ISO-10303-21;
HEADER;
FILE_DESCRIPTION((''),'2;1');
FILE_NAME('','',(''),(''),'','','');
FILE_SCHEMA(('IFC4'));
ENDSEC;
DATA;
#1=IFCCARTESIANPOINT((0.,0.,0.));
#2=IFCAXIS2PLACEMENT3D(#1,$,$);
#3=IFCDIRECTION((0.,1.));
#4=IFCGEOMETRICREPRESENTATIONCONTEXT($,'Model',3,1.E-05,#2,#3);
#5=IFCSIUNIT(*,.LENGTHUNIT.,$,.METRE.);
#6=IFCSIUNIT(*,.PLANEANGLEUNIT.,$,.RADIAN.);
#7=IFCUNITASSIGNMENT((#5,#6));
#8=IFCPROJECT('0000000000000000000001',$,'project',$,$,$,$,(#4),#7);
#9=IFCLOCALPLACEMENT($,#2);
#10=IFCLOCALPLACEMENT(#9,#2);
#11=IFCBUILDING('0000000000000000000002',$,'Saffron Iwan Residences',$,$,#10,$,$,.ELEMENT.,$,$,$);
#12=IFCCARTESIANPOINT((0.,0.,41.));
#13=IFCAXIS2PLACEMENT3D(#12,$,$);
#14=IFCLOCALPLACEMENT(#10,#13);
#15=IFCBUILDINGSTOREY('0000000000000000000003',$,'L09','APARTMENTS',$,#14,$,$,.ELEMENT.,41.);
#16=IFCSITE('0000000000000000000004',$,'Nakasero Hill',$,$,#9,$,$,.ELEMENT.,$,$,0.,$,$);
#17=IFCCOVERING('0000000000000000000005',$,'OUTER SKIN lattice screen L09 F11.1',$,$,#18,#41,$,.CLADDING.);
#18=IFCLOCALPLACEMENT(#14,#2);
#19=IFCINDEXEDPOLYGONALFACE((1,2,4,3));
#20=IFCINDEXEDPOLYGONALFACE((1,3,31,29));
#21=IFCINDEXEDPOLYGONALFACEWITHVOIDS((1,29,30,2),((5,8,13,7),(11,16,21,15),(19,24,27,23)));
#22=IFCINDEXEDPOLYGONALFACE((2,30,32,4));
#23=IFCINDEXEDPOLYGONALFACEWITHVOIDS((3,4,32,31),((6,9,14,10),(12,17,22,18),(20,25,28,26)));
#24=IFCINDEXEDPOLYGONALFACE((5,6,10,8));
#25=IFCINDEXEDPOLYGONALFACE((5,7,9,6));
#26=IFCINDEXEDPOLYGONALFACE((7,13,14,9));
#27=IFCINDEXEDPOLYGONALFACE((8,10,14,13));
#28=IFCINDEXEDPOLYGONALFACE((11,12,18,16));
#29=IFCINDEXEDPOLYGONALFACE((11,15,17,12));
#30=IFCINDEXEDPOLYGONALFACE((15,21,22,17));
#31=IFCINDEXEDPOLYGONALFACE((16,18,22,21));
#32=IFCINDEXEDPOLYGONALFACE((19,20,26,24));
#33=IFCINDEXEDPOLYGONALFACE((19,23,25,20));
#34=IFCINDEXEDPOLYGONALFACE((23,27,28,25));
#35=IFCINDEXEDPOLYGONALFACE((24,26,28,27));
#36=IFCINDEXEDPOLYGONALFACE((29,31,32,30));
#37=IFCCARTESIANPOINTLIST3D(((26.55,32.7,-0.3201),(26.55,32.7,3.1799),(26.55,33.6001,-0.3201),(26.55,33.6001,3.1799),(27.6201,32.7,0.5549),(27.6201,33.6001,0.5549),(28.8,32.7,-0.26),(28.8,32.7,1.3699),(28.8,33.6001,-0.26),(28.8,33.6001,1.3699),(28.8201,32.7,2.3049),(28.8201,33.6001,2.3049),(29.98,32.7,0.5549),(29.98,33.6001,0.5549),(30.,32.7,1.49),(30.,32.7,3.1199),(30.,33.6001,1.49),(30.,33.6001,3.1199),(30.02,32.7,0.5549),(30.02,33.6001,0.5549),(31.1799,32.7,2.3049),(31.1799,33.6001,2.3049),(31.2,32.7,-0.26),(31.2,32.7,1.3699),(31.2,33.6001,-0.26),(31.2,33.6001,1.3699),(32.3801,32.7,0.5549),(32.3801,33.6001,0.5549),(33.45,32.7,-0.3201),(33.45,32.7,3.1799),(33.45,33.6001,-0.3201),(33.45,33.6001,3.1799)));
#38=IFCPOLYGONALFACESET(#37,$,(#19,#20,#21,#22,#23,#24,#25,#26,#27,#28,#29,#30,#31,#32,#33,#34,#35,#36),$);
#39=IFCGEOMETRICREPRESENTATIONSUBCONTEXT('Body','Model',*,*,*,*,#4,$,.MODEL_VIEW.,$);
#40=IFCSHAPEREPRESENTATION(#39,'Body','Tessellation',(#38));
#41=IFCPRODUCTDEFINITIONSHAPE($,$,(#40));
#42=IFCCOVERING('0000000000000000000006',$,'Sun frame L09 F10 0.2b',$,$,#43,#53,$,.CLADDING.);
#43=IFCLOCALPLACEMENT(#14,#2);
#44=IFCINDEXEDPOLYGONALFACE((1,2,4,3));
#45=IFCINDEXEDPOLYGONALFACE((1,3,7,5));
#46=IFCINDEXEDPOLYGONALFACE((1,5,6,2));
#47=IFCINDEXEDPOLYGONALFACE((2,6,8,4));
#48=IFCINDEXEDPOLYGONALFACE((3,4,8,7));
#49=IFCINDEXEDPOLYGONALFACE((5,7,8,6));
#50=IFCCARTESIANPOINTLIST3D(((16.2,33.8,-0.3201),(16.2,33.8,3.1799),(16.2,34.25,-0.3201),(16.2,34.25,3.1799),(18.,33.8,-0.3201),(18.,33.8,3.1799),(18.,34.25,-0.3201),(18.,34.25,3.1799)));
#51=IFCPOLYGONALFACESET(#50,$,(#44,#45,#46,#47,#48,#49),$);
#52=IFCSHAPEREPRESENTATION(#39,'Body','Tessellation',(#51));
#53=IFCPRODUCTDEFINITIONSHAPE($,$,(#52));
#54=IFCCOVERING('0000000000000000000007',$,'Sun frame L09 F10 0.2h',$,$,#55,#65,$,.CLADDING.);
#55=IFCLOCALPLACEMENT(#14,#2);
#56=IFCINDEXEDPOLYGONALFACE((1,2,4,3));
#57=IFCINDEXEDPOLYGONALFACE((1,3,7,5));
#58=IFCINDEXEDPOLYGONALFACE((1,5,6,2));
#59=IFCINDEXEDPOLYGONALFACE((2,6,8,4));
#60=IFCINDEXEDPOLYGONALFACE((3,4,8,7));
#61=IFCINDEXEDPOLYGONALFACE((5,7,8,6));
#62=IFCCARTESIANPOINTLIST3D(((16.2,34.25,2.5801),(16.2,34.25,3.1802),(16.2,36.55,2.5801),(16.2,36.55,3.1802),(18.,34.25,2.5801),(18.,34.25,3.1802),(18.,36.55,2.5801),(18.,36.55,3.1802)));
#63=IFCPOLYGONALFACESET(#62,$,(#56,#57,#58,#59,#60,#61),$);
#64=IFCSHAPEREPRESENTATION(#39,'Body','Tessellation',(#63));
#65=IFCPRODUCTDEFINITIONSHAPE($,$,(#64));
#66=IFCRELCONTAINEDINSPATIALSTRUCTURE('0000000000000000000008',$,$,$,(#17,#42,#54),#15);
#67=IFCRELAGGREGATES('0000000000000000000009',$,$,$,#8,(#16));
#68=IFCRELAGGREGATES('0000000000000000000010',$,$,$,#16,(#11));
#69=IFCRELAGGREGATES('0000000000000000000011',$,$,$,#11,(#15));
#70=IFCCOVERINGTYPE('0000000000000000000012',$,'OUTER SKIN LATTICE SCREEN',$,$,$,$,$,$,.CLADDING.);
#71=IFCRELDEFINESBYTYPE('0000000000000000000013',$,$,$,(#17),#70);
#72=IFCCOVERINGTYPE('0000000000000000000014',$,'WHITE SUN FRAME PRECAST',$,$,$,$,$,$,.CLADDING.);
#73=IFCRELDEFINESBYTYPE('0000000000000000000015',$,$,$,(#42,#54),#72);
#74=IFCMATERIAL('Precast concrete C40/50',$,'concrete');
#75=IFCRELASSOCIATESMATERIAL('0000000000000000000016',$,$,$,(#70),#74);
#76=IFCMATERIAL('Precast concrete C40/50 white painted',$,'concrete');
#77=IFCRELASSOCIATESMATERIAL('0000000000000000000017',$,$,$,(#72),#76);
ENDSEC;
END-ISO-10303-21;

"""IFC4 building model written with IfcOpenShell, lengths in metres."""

from ifc_helpers import new_model, si_unit, direction, frame, origin, place, context, subcontext, project, spatial, polyline, outline, extrude, material, type_object, element, save


model = new_model("IFC4")

# Units and contexts
model_context = context("Model", 3, precision=1e-05, world=origin(), true_north=direction((0.0, 1.0)))
body_context = subcontext(model_context, "Body", "Model", "MODEL_VIEW")
ifc_project = project(units=[si_unit("LENGTHUNIT", "METRE"), si_unit("PLANEANGLEUNIT", "RADIAN")], contexts=[model_context])

# Site, building, storey
site_placement = place(None, origin())
site = spatial("IfcSite", under=ifc_project, at=site_placement, Name="Nakasero Hill", CompositionType="ELEMENT", RefElevation=0.0)
building_placement = place(site_placement, origin())
building = spatial("IfcBuilding", under=site, at=building_placement, Name="Saffron Iwan Residences", CompositionType="ELEMENT")
storey_placement = place(building_placement, frame((0.0, 0.0, 41.0)))
storey = spatial("IfcBuildingStorey", under=building, at=storey_placement, Name="L09", Description="APARTMENTS", CompositionType="ELEMENT", Elevation=41.0)

# Coverings
ifc_material_1 = material(Name="Precast concrete C40/50", Category="concrete")
covering_type_1 = type_object("IfcCoveringType", Name="OUTER SKIN LATTICE SCREEN", PredefinedType="CLADDING", material=ifc_material_1)
covering_1_placement = place(storey_placement, frame((26.55, 33.6001, -0.3201), z_axis=(0.0, -1.0, 0.0), x_axis=(1.0, 0.0, 0.0)))
element("IfcCovering", 1, at=covering_1_placement, inside=storey, type_object=covering_type_1, Name="OUTER SKIN lattice screen L09 F11.1", PredefinedType="CLADDING", context=body_context, shape_type="SweptSolid", body=[
    extrude(outline(polyline([(0.0, 0.0), (6.8999, 0.0), (6.8999, 3.5), (0.0, 3.5), (0.0, 0.0)]), holes=[polyline([(1.0701, 0.875), (2.25, 0.0601), (3.4299, 0.875), (2.25, 1.6899), (1.0701, 0.875)]), polyline([(3.47, 0.875), (4.6499, 0.0601), (5.8301, 0.875), (4.6499, 1.6899), (3.47, 0.875)]), polyline([(2.27, 2.625), (3.45, 1.8101), (4.6299, 2.625), (3.45, 3.4399), (2.27, 2.625)])]), origin(), (0.0, 0.0, 1.0), 0.9001),
])
ifc_material_2 = material(Name="Precast concrete C40/50 white painted", Category="concrete")
covering_type_2 = type_object("IfcCoveringType", Name="WHITE SUN FRAME PRECAST", PredefinedType="CLADDING", material=ifc_material_2)
covering_2_placement = place(storey_placement, frame((18.0, 34.25, -0.3201), z_axis=(-1.0, 0.0, 0.0), x_axis=(0.0, -1.0, 0.0)))
element("IfcCovering", 2, at=covering_2_placement, inside=storey, type_object=covering_type_2, Name="Sun frame L09 F10 0.2b", PredefinedType="CLADDING", context=body_context, shape_type="SweptSolid", body=[
    extrude(outline(polyline([(0.0, 0.0), (0.45, 0.0), (0.45, 3.5), (0.0, 3.5), (0.0, 0.0)])), origin(), (0.0, 0.0, 1.0), 1.8),
])
covering_3_placement = place(storey_placement, frame((18.0, 36.55, 2.5801), z_axis=(-1.0, 0.0, 0.0), x_axis=(0.0, -1.0, 0.0)))
element("IfcCovering", 3, at=covering_3_placement, inside=storey, type_object=covering_type_2, Name="Sun frame L09 F10 0.2h", PredefinedType="CLADDING", context=body_context, shape_type="SweptSolid", body=[
    extrude(outline(polyline([(0.0, 0.0), (2.3, 0.0), (2.3, 0.6001), (0.0, 0.6001), (0.0, 0.0)])), origin(), (0.0, 0.0, 1.0), 1.8),
])

save(model, "model.ifc")
